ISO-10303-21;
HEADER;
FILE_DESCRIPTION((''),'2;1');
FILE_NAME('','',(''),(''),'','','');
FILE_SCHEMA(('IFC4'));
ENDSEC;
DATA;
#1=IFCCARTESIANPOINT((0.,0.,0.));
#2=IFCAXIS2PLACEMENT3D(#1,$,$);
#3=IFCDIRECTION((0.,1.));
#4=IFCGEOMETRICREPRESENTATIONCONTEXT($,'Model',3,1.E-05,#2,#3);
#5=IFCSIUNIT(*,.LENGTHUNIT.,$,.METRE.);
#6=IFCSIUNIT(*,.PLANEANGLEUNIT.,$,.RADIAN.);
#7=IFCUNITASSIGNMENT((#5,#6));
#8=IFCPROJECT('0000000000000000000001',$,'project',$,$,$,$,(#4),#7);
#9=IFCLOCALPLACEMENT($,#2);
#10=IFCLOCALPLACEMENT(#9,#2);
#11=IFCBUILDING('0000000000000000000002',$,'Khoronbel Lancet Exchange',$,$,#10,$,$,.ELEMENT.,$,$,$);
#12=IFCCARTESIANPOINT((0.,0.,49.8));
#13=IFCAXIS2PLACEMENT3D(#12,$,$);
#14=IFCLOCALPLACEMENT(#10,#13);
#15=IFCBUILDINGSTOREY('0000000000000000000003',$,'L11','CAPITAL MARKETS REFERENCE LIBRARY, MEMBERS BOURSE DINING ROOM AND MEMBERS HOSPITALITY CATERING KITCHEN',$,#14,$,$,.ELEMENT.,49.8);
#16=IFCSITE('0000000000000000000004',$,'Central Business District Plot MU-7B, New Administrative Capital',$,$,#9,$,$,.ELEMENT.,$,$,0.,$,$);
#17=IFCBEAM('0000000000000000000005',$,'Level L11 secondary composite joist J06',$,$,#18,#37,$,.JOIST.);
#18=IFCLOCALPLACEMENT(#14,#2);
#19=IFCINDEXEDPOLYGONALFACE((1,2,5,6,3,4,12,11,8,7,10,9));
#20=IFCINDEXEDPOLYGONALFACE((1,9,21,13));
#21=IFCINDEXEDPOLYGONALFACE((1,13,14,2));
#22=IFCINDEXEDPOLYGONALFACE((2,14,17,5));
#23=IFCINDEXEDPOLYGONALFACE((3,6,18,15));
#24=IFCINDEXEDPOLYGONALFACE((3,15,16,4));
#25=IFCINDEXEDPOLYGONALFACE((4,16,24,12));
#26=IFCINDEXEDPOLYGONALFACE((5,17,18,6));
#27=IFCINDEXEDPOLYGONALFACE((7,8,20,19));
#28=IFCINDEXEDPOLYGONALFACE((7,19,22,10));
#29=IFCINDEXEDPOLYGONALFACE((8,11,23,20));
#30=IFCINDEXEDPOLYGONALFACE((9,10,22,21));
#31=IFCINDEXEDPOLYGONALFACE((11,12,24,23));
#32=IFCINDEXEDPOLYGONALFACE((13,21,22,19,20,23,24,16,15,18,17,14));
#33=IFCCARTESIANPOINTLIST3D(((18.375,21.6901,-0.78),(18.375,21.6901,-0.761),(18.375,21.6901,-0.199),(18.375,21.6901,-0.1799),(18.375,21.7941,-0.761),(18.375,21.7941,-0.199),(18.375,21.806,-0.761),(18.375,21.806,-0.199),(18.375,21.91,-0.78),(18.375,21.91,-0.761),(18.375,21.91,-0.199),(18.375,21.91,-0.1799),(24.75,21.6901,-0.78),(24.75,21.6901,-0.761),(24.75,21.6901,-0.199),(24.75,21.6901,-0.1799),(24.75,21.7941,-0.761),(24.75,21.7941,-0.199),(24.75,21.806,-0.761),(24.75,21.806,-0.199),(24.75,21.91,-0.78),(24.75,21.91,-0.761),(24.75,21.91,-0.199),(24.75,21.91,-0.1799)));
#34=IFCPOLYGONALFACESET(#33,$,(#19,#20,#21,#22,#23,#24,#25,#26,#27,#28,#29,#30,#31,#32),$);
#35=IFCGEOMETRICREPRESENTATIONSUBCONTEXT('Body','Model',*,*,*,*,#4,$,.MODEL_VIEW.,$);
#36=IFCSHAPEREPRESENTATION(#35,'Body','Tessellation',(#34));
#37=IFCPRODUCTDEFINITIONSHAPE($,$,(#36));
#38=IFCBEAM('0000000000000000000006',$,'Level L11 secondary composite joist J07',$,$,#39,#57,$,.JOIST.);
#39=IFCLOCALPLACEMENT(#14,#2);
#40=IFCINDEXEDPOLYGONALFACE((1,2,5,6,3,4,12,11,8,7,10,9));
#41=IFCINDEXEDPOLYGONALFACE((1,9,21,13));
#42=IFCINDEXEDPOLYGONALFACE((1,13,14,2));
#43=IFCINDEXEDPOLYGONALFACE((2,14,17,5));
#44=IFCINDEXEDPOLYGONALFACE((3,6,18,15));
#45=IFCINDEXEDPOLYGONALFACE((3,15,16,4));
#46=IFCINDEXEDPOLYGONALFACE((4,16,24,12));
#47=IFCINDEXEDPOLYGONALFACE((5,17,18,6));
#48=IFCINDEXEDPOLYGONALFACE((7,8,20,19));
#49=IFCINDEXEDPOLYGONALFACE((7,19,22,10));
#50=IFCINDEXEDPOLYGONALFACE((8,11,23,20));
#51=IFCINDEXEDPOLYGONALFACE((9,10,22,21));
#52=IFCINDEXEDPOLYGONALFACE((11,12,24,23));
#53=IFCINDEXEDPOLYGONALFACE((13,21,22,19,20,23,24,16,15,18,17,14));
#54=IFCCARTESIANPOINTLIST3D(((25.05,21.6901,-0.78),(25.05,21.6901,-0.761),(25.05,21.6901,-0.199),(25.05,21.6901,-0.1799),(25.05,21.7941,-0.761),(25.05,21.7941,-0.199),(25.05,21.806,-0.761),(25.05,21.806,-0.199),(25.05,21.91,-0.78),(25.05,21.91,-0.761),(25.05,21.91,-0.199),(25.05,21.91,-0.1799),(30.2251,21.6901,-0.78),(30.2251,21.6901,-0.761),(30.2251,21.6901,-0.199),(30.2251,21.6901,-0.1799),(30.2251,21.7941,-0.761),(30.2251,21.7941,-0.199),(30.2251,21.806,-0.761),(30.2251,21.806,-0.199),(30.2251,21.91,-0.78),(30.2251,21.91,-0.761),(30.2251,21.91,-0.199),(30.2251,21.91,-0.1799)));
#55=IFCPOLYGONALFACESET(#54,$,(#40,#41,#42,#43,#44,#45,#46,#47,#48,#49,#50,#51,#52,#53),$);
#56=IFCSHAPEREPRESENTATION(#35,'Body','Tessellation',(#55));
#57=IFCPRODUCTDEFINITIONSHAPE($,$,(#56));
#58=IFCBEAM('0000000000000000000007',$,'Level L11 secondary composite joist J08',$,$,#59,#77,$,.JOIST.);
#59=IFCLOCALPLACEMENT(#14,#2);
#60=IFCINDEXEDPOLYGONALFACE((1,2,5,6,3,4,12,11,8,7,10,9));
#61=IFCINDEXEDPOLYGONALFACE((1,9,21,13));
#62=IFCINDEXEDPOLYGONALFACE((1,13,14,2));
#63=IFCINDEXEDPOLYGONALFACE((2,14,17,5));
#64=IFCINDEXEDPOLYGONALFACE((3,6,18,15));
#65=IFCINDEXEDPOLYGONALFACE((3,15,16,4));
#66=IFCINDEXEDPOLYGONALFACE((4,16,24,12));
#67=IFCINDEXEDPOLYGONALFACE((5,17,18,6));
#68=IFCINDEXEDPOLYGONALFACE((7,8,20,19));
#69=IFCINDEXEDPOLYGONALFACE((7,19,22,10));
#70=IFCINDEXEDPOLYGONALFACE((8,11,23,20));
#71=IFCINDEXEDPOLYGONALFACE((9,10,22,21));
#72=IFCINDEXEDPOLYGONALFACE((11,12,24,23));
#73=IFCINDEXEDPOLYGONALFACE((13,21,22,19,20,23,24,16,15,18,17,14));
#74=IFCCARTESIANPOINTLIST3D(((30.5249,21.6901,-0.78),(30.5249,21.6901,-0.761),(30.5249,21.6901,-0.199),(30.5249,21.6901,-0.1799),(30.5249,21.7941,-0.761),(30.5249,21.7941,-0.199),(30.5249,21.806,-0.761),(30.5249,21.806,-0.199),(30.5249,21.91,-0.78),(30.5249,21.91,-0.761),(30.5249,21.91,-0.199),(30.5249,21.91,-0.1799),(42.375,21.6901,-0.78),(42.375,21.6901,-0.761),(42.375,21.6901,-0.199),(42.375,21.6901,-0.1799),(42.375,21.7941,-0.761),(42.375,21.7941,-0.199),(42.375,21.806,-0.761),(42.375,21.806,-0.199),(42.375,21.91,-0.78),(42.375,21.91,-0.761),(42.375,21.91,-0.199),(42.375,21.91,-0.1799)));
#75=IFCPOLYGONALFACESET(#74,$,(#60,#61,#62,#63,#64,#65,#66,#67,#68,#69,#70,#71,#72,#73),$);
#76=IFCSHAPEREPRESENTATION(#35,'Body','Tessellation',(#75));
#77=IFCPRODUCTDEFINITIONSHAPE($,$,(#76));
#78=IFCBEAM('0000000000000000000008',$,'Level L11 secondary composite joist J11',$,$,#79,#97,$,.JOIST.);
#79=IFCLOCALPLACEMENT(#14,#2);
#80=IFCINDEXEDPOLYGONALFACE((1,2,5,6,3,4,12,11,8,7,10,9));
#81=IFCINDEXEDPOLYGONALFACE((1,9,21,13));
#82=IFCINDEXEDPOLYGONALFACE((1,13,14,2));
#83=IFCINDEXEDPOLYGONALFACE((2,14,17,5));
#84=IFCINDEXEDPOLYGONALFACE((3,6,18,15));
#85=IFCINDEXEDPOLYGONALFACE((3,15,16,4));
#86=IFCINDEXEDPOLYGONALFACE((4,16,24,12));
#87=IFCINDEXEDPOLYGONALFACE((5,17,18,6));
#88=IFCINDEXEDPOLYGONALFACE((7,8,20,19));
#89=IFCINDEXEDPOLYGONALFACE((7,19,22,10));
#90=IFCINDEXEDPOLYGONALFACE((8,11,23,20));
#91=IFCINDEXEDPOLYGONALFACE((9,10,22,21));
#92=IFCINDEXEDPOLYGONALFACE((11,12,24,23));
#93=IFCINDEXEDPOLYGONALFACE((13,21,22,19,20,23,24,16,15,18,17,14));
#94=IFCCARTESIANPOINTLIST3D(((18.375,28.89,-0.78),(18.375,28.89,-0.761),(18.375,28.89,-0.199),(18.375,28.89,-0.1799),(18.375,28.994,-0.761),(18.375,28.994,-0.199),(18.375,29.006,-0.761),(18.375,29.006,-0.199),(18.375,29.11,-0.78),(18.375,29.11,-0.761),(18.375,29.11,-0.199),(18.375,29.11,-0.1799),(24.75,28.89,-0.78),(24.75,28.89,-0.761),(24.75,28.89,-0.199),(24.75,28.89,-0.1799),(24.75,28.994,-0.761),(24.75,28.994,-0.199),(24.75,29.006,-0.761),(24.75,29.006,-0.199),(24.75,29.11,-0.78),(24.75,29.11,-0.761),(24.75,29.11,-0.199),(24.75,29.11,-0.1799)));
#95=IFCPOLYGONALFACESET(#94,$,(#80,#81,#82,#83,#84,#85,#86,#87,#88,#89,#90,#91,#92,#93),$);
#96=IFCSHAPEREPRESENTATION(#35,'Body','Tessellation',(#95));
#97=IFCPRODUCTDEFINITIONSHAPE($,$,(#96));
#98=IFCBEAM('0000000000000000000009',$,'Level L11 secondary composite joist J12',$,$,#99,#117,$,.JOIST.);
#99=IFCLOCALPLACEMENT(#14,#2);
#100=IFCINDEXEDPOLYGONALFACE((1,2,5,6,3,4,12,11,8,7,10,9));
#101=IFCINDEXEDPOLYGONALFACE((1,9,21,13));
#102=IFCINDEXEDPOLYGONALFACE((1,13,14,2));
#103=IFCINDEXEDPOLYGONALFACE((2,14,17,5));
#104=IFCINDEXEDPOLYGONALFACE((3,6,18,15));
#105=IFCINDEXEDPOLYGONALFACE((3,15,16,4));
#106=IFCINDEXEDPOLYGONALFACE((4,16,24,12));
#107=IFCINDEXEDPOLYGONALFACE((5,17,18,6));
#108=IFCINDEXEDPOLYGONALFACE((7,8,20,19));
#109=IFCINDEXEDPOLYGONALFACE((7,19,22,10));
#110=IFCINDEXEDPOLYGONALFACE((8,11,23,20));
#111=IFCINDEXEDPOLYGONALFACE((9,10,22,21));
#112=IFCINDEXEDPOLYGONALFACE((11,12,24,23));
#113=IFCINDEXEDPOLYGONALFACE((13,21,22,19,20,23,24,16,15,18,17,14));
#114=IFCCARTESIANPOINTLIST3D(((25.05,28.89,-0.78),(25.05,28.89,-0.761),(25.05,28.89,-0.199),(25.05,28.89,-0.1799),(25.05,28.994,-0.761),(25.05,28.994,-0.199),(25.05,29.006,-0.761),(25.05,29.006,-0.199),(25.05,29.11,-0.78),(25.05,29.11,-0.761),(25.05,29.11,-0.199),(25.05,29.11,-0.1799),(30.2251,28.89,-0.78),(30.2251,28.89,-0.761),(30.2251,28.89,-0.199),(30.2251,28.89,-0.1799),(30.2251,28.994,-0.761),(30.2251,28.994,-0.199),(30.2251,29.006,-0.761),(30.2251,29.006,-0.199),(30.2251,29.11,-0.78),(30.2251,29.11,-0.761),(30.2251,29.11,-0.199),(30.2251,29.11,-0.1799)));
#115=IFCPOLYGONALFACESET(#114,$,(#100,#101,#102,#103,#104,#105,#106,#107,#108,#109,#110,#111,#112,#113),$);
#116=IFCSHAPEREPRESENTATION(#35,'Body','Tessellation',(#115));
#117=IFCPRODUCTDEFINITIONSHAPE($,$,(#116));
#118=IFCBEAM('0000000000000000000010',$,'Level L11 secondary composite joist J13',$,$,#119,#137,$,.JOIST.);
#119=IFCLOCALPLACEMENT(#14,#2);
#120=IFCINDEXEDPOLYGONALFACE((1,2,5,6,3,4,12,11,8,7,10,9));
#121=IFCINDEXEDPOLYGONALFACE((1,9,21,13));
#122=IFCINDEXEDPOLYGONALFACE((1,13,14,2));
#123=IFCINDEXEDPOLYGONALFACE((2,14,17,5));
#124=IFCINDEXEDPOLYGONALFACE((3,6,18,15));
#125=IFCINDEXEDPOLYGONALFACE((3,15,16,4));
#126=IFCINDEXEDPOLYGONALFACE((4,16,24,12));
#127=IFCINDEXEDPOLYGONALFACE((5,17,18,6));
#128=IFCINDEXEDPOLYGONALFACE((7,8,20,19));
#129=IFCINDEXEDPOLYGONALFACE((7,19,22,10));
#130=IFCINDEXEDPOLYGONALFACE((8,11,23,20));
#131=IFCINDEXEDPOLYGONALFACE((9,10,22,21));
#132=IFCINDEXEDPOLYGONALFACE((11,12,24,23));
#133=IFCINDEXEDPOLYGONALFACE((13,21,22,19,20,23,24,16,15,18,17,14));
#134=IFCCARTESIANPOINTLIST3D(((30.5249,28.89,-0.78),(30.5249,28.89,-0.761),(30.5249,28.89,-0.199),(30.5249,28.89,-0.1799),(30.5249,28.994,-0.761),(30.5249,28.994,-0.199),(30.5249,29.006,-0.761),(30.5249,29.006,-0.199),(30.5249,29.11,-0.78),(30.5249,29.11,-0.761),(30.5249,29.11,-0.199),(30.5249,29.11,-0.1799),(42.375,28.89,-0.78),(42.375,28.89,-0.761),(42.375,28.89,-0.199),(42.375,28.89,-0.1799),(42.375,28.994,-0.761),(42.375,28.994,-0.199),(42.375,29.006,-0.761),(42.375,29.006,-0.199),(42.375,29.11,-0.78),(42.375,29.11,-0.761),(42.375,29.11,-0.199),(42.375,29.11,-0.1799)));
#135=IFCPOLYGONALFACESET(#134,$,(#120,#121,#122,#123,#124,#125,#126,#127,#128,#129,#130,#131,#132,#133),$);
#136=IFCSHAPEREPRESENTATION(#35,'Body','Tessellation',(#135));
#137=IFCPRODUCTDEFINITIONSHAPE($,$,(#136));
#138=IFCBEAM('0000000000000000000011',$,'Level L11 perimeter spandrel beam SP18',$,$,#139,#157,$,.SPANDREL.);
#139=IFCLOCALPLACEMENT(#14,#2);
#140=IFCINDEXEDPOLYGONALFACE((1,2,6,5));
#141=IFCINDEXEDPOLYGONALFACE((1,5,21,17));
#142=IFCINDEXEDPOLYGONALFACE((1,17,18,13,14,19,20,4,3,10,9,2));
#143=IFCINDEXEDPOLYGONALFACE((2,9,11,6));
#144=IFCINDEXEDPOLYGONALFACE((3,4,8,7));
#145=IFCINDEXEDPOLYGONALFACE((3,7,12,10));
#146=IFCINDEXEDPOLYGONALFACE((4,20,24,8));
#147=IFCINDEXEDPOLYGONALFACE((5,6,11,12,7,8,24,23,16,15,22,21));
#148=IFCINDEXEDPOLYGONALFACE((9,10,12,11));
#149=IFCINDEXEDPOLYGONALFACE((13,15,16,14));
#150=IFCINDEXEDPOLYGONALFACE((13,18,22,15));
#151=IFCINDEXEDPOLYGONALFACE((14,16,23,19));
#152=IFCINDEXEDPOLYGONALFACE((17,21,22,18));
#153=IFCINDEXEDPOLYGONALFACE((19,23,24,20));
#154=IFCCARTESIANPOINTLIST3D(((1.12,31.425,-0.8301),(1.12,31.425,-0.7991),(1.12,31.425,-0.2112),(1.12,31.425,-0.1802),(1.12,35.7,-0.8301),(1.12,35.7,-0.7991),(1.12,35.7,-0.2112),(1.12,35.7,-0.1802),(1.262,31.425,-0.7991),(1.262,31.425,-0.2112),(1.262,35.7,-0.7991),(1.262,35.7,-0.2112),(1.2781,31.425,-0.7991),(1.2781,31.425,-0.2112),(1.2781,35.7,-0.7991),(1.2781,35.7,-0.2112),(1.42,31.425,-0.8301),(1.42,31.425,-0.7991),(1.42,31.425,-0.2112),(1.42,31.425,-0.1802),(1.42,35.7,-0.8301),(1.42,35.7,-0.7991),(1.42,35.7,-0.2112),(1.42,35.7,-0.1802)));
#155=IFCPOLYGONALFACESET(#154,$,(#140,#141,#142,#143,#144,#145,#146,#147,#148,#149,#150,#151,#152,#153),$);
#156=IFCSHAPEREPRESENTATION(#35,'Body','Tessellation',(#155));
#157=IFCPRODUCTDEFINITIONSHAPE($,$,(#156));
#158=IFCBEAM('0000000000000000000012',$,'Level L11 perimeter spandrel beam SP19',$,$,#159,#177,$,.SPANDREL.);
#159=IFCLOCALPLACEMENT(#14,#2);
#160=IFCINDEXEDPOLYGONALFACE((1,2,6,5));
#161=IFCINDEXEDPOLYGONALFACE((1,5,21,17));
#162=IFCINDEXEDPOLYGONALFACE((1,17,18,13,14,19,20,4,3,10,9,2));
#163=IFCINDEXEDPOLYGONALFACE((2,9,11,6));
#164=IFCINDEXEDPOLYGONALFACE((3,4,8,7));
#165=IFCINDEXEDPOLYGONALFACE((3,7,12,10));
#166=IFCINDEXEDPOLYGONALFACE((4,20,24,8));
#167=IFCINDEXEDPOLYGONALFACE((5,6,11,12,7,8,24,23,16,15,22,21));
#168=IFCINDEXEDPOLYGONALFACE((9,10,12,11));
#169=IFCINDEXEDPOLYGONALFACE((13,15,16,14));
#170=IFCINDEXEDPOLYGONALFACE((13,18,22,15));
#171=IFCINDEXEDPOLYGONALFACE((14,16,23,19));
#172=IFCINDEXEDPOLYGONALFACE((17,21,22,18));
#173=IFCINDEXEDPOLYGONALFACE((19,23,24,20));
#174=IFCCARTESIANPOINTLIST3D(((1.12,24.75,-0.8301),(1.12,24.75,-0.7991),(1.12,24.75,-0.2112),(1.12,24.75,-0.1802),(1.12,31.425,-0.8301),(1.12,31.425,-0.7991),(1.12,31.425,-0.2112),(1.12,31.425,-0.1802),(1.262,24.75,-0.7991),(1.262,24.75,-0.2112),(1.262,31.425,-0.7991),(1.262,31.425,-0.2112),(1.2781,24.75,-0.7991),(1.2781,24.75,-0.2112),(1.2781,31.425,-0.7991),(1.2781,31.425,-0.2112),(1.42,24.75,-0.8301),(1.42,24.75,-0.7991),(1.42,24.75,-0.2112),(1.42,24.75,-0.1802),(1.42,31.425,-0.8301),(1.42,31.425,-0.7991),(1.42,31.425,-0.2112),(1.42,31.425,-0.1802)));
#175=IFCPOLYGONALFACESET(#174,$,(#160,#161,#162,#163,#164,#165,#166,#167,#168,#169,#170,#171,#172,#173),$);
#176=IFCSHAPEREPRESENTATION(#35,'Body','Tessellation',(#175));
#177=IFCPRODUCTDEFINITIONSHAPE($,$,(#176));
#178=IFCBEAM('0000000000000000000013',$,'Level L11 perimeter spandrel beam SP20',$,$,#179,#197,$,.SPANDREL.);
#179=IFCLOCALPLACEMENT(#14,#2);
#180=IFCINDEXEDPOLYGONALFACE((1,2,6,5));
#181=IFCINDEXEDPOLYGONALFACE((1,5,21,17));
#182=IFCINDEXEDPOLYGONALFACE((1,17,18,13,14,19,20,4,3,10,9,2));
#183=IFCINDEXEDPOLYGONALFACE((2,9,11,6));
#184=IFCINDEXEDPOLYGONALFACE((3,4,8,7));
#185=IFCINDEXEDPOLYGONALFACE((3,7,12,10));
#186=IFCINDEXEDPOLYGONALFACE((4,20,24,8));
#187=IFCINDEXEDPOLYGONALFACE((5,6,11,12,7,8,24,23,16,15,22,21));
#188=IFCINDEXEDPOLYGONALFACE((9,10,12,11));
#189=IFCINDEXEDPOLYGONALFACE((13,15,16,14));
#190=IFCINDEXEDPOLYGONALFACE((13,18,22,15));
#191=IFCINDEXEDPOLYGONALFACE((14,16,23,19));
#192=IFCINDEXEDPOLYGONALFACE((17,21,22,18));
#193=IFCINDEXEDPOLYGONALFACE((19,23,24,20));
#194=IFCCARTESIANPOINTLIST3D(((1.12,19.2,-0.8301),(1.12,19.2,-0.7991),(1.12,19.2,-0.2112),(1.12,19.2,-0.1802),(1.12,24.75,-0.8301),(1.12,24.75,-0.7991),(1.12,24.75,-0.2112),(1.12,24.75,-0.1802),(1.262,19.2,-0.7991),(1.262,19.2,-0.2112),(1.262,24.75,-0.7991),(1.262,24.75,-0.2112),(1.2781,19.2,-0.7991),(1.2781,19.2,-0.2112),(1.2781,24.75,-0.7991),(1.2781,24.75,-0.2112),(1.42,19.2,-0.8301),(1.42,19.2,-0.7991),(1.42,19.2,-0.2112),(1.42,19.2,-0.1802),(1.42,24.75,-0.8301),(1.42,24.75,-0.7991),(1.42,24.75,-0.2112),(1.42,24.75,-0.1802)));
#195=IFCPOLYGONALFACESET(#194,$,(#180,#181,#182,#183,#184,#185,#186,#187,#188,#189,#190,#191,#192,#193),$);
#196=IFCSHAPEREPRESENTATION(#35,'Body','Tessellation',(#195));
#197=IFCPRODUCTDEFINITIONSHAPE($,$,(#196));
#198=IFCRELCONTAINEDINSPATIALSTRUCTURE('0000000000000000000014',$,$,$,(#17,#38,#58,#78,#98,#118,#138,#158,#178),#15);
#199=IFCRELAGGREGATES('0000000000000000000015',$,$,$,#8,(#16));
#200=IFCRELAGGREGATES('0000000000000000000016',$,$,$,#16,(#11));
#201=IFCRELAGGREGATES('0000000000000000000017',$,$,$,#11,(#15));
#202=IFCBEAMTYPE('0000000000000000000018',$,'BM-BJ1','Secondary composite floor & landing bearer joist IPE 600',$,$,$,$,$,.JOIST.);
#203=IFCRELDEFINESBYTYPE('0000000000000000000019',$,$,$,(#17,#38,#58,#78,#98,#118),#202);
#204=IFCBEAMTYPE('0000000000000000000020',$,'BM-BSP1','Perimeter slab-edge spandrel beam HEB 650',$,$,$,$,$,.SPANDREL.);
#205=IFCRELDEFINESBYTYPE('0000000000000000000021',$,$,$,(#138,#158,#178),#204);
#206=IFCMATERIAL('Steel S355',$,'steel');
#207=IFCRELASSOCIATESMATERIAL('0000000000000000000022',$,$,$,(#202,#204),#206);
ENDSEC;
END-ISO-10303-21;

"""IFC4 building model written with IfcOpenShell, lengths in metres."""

from ifc_helpers import new_model, si_unit, direction, frame, origin, origin_2d, place, context, subcontext, project, spatial, i_section, extrude, material, material_profile, profile_set, type_object, element, save


model = new_model("IFC4")

# Units and contexts
model_context = context("Model", 3, precision=1e-05, world=origin(), true_north=direction((0.0, 1.0)))
body_context = subcontext(model_context, "Body", "Model", "MODEL_VIEW")
ifc_project = project(units=[si_unit("LENGTHUNIT", "METRE"), si_unit("PLANEANGLEUNIT", "RADIAN")], contexts=[model_context])

# Site, building, storey
site_placement = place(None, origin())
site = spatial("IfcSite", under=ifc_project, at=site_placement, Name="Central Business District Plot MU-7B, New Administrative Capital", CompositionType="ELEMENT", RefElevation=0.0)
building_placement = place(site_placement, origin())
building = spatial("IfcBuilding", under=site, at=building_placement, Name="Khoronbel Lancet Exchange", CompositionType="ELEMENT")
storey_placement = place(building_placement, frame((0.0, 0.0, 49.8)))
storey = spatial("IfcBuildingStorey", under=building, at=storey_placement, Name="L11", Description="CAPITAL MARKETS REFERENCE LIBRARY, MEMBERS BOURSE DINING ROOM AND MEMBERS HOSPITALITY CATERING KITCHEN", CompositionType="ELEMENT", Elevation=49.8)

# Shared definitions
ifc_material_1 = material(Name="Steel S355", Category="steel")

# Beams
ifc_material_profile_1 = material_profile(ifc_material_1, i_section(OverallWidth=0.22, OverallDepth=0.6001, WebThickness=0.012, FlangeThickness=0.019, at=origin_2d()), Name="IPE 600")
ifc_profile_set_1 = profile_set([ifc_material_profile_1], Name="Steel S355")
beam_type_1 = type_object("IfcBeamType", Name="BM-BJ1", Description="Secondary composite floor & landing bearer joist IPE 600", PredefinedType="JOIST", material=ifc_profile_set_1)
beam_1_placement = place(storey_placement, frame((18.375, 21.8, -0.48), z_axis=(1.0, 0.0, 0.0), x_axis=(0.0, 1.0, 0.0)))
element("IfcBeam", 1, at=beam_1_placement, inside=storey, type_object=beam_type_1, Name="Level L11 secondary composite joist J06", PredefinedType="JOIST", context=body_context, shape_type="SweptSolid", body=[
    extrude(i_section(OverallWidth=0.22, OverallDepth=0.6001, WebThickness=0.012, FlangeThickness=0.019, at=origin_2d()), origin(), (0.0, 0.0, 1.0), 6.375),
])
beam_2_placement = place(storey_placement, frame((25.05, 21.8, -0.48), z_axis=(1.0, 0.0, 0.0), x_axis=(0.0, 1.0, 0.0)))
element("IfcBeam", 2, at=beam_2_placement, inside=storey, type_object=beam_type_1, Name="Level L11 secondary composite joist J07", PredefinedType="JOIST", context=body_context, shape_type="SweptSolid", body=[
    extrude(i_section(OverallWidth=0.22, OverallDepth=0.6001, WebThickness=0.012, FlangeThickness=0.019, at=origin_2d()), origin(), (0.0, 0.0, 1.0), 5.175),
])
beam_3_placement = place(storey_placement, frame((30.5249, 21.8, -0.48), z_axis=(1.0, 0.0, 0.0), x_axis=(0.0, 1.0, 0.0)))
element("IfcBeam", 3, at=beam_3_placement, inside=storey, type_object=beam_type_1, Name="Level L11 secondary composite joist J08", PredefinedType="JOIST", context=body_context, shape_type="SweptSolid", body=[
    extrude(i_section(OverallWidth=0.22, OverallDepth=0.6001, WebThickness=0.012, FlangeThickness=0.019, at=origin_2d()), origin(), (0.0, 0.0, 1.0), 11.8501),
])
beam_4_placement = place(storey_placement, frame((18.375, 29.0, -0.48), z_axis=(1.0, 0.0, 0.0), x_axis=(0.0, 1.0, 0.0)))
element("IfcBeam", 4, at=beam_4_placement, inside=storey, type_object=beam_type_1, Name="Level L11 secondary composite joist J11", PredefinedType="JOIST", context=body_context, shape_type="SweptSolid", body=[
    extrude(i_section(OverallWidth=0.22, OverallDepth=0.6001, WebThickness=0.012, FlangeThickness=0.019, at=origin_2d()), origin(), (0.0, 0.0, 1.0), 6.375),
])
beam_5_placement = place(storey_placement, frame((25.05, 29.0, -0.48), z_axis=(1.0, 0.0, 0.0), x_axis=(0.0, 1.0, 0.0)))
element("IfcBeam", 5, at=beam_5_placement, inside=storey, type_object=beam_type_1, Name="Level L11 secondary composite joist J12", PredefinedType="JOIST", context=body_context, shape_type="SweptSolid", body=[
    extrude(i_section(OverallWidth=0.22, OverallDepth=0.6001, WebThickness=0.012, FlangeThickness=0.019, at=origin_2d()), origin(), (0.0, 0.0, 1.0), 5.175),
])
beam_6_placement = place(storey_placement, frame((30.5249, 29.0, -0.48), z_axis=(1.0, 0.0, 0.0), x_axis=(0.0, 1.0, 0.0)))
element("IfcBeam", 6, at=beam_6_placement, inside=storey, type_object=beam_type_1, Name="Level L11 secondary composite joist J13", PredefinedType="JOIST", context=body_context, shape_type="SweptSolid", body=[
    extrude(i_section(OverallWidth=0.22, OverallDepth=0.6001, WebThickness=0.012, FlangeThickness=0.019, at=origin_2d()), origin(), (0.0, 0.0, 1.0), 11.8501),
])
ifc_material_profile_2 = material_profile(ifc_material_1, i_section(OverallWidth=0.3, OverallDepth=0.6499, WebThickness=0.0161, FlangeThickness=0.031, at=origin_2d()), Name="HEB 650")
ifc_profile_set_2 = profile_set([ifc_material_profile_2], Name="Steel S355")
beam_type_2 = type_object("IfcBeamType", Name="BM-BSP1", Description="Perimeter slab-edge spandrel beam HEB 650", PredefinedType="SPANDREL", material=ifc_profile_set_2)
beam_7_placement = place(storey_placement, frame((1.27, 35.7, -0.5051), z_axis=(0.0, -1.0, 0.0), x_axis=(1.0, 0.0, 0.0)))
element("IfcBeam", 7, at=beam_7_placement, inside=storey, type_object=beam_type_2, Name="Level L11 perimeter spandrel beam SP18", PredefinedType="SPANDREL", context=body_context, shape_type="SweptSolid", body=[
    extrude(i_section(OverallWidth=0.3, OverallDepth=0.6499, WebThickness=0.0161, FlangeThickness=0.031, at=origin_2d()), origin(), (0.0, 0.0, 1.0), 4.2749),
])
beam_8_placement = place(storey_placement, frame((1.27, 31.425, -0.5051), z_axis=(0.0, -1.0, 0.0), x_axis=(1.0, 0.0, 0.0)))
element("IfcBeam", 8, at=beam_8_placement, inside=storey, type_object=beam_type_2, Name="Level L11 perimeter spandrel beam SP19", PredefinedType="SPANDREL", context=body_context, shape_type="SweptSolid", body=[
    extrude(i_section(OverallWidth=0.3, OverallDepth=0.6499, WebThickness=0.0161, FlangeThickness=0.031, at=origin_2d()), origin(), (0.0, 0.0, 1.0), 6.675),
])
beam_9_placement = place(storey_placement, frame((1.27, 24.75, -0.5051), z_axis=(0.0, -1.0, 0.0), x_axis=(1.0, 0.0, 0.0)))
element("IfcBeam", 9, at=beam_9_placement, inside=storey, type_object=beam_type_2, Name="Level L11 perimeter spandrel beam SP20", PredefinedType="SPANDREL", context=body_context, shape_type="SweptSolid", body=[
    extrude(i_section(OverallWidth=0.3, OverallDepth=0.6499, WebThickness=0.0161, FlangeThickness=0.031, at=origin_2d()), origin(), (0.0, 0.0, 1.0), 5.55),
])

save(model, "model.ifc")
